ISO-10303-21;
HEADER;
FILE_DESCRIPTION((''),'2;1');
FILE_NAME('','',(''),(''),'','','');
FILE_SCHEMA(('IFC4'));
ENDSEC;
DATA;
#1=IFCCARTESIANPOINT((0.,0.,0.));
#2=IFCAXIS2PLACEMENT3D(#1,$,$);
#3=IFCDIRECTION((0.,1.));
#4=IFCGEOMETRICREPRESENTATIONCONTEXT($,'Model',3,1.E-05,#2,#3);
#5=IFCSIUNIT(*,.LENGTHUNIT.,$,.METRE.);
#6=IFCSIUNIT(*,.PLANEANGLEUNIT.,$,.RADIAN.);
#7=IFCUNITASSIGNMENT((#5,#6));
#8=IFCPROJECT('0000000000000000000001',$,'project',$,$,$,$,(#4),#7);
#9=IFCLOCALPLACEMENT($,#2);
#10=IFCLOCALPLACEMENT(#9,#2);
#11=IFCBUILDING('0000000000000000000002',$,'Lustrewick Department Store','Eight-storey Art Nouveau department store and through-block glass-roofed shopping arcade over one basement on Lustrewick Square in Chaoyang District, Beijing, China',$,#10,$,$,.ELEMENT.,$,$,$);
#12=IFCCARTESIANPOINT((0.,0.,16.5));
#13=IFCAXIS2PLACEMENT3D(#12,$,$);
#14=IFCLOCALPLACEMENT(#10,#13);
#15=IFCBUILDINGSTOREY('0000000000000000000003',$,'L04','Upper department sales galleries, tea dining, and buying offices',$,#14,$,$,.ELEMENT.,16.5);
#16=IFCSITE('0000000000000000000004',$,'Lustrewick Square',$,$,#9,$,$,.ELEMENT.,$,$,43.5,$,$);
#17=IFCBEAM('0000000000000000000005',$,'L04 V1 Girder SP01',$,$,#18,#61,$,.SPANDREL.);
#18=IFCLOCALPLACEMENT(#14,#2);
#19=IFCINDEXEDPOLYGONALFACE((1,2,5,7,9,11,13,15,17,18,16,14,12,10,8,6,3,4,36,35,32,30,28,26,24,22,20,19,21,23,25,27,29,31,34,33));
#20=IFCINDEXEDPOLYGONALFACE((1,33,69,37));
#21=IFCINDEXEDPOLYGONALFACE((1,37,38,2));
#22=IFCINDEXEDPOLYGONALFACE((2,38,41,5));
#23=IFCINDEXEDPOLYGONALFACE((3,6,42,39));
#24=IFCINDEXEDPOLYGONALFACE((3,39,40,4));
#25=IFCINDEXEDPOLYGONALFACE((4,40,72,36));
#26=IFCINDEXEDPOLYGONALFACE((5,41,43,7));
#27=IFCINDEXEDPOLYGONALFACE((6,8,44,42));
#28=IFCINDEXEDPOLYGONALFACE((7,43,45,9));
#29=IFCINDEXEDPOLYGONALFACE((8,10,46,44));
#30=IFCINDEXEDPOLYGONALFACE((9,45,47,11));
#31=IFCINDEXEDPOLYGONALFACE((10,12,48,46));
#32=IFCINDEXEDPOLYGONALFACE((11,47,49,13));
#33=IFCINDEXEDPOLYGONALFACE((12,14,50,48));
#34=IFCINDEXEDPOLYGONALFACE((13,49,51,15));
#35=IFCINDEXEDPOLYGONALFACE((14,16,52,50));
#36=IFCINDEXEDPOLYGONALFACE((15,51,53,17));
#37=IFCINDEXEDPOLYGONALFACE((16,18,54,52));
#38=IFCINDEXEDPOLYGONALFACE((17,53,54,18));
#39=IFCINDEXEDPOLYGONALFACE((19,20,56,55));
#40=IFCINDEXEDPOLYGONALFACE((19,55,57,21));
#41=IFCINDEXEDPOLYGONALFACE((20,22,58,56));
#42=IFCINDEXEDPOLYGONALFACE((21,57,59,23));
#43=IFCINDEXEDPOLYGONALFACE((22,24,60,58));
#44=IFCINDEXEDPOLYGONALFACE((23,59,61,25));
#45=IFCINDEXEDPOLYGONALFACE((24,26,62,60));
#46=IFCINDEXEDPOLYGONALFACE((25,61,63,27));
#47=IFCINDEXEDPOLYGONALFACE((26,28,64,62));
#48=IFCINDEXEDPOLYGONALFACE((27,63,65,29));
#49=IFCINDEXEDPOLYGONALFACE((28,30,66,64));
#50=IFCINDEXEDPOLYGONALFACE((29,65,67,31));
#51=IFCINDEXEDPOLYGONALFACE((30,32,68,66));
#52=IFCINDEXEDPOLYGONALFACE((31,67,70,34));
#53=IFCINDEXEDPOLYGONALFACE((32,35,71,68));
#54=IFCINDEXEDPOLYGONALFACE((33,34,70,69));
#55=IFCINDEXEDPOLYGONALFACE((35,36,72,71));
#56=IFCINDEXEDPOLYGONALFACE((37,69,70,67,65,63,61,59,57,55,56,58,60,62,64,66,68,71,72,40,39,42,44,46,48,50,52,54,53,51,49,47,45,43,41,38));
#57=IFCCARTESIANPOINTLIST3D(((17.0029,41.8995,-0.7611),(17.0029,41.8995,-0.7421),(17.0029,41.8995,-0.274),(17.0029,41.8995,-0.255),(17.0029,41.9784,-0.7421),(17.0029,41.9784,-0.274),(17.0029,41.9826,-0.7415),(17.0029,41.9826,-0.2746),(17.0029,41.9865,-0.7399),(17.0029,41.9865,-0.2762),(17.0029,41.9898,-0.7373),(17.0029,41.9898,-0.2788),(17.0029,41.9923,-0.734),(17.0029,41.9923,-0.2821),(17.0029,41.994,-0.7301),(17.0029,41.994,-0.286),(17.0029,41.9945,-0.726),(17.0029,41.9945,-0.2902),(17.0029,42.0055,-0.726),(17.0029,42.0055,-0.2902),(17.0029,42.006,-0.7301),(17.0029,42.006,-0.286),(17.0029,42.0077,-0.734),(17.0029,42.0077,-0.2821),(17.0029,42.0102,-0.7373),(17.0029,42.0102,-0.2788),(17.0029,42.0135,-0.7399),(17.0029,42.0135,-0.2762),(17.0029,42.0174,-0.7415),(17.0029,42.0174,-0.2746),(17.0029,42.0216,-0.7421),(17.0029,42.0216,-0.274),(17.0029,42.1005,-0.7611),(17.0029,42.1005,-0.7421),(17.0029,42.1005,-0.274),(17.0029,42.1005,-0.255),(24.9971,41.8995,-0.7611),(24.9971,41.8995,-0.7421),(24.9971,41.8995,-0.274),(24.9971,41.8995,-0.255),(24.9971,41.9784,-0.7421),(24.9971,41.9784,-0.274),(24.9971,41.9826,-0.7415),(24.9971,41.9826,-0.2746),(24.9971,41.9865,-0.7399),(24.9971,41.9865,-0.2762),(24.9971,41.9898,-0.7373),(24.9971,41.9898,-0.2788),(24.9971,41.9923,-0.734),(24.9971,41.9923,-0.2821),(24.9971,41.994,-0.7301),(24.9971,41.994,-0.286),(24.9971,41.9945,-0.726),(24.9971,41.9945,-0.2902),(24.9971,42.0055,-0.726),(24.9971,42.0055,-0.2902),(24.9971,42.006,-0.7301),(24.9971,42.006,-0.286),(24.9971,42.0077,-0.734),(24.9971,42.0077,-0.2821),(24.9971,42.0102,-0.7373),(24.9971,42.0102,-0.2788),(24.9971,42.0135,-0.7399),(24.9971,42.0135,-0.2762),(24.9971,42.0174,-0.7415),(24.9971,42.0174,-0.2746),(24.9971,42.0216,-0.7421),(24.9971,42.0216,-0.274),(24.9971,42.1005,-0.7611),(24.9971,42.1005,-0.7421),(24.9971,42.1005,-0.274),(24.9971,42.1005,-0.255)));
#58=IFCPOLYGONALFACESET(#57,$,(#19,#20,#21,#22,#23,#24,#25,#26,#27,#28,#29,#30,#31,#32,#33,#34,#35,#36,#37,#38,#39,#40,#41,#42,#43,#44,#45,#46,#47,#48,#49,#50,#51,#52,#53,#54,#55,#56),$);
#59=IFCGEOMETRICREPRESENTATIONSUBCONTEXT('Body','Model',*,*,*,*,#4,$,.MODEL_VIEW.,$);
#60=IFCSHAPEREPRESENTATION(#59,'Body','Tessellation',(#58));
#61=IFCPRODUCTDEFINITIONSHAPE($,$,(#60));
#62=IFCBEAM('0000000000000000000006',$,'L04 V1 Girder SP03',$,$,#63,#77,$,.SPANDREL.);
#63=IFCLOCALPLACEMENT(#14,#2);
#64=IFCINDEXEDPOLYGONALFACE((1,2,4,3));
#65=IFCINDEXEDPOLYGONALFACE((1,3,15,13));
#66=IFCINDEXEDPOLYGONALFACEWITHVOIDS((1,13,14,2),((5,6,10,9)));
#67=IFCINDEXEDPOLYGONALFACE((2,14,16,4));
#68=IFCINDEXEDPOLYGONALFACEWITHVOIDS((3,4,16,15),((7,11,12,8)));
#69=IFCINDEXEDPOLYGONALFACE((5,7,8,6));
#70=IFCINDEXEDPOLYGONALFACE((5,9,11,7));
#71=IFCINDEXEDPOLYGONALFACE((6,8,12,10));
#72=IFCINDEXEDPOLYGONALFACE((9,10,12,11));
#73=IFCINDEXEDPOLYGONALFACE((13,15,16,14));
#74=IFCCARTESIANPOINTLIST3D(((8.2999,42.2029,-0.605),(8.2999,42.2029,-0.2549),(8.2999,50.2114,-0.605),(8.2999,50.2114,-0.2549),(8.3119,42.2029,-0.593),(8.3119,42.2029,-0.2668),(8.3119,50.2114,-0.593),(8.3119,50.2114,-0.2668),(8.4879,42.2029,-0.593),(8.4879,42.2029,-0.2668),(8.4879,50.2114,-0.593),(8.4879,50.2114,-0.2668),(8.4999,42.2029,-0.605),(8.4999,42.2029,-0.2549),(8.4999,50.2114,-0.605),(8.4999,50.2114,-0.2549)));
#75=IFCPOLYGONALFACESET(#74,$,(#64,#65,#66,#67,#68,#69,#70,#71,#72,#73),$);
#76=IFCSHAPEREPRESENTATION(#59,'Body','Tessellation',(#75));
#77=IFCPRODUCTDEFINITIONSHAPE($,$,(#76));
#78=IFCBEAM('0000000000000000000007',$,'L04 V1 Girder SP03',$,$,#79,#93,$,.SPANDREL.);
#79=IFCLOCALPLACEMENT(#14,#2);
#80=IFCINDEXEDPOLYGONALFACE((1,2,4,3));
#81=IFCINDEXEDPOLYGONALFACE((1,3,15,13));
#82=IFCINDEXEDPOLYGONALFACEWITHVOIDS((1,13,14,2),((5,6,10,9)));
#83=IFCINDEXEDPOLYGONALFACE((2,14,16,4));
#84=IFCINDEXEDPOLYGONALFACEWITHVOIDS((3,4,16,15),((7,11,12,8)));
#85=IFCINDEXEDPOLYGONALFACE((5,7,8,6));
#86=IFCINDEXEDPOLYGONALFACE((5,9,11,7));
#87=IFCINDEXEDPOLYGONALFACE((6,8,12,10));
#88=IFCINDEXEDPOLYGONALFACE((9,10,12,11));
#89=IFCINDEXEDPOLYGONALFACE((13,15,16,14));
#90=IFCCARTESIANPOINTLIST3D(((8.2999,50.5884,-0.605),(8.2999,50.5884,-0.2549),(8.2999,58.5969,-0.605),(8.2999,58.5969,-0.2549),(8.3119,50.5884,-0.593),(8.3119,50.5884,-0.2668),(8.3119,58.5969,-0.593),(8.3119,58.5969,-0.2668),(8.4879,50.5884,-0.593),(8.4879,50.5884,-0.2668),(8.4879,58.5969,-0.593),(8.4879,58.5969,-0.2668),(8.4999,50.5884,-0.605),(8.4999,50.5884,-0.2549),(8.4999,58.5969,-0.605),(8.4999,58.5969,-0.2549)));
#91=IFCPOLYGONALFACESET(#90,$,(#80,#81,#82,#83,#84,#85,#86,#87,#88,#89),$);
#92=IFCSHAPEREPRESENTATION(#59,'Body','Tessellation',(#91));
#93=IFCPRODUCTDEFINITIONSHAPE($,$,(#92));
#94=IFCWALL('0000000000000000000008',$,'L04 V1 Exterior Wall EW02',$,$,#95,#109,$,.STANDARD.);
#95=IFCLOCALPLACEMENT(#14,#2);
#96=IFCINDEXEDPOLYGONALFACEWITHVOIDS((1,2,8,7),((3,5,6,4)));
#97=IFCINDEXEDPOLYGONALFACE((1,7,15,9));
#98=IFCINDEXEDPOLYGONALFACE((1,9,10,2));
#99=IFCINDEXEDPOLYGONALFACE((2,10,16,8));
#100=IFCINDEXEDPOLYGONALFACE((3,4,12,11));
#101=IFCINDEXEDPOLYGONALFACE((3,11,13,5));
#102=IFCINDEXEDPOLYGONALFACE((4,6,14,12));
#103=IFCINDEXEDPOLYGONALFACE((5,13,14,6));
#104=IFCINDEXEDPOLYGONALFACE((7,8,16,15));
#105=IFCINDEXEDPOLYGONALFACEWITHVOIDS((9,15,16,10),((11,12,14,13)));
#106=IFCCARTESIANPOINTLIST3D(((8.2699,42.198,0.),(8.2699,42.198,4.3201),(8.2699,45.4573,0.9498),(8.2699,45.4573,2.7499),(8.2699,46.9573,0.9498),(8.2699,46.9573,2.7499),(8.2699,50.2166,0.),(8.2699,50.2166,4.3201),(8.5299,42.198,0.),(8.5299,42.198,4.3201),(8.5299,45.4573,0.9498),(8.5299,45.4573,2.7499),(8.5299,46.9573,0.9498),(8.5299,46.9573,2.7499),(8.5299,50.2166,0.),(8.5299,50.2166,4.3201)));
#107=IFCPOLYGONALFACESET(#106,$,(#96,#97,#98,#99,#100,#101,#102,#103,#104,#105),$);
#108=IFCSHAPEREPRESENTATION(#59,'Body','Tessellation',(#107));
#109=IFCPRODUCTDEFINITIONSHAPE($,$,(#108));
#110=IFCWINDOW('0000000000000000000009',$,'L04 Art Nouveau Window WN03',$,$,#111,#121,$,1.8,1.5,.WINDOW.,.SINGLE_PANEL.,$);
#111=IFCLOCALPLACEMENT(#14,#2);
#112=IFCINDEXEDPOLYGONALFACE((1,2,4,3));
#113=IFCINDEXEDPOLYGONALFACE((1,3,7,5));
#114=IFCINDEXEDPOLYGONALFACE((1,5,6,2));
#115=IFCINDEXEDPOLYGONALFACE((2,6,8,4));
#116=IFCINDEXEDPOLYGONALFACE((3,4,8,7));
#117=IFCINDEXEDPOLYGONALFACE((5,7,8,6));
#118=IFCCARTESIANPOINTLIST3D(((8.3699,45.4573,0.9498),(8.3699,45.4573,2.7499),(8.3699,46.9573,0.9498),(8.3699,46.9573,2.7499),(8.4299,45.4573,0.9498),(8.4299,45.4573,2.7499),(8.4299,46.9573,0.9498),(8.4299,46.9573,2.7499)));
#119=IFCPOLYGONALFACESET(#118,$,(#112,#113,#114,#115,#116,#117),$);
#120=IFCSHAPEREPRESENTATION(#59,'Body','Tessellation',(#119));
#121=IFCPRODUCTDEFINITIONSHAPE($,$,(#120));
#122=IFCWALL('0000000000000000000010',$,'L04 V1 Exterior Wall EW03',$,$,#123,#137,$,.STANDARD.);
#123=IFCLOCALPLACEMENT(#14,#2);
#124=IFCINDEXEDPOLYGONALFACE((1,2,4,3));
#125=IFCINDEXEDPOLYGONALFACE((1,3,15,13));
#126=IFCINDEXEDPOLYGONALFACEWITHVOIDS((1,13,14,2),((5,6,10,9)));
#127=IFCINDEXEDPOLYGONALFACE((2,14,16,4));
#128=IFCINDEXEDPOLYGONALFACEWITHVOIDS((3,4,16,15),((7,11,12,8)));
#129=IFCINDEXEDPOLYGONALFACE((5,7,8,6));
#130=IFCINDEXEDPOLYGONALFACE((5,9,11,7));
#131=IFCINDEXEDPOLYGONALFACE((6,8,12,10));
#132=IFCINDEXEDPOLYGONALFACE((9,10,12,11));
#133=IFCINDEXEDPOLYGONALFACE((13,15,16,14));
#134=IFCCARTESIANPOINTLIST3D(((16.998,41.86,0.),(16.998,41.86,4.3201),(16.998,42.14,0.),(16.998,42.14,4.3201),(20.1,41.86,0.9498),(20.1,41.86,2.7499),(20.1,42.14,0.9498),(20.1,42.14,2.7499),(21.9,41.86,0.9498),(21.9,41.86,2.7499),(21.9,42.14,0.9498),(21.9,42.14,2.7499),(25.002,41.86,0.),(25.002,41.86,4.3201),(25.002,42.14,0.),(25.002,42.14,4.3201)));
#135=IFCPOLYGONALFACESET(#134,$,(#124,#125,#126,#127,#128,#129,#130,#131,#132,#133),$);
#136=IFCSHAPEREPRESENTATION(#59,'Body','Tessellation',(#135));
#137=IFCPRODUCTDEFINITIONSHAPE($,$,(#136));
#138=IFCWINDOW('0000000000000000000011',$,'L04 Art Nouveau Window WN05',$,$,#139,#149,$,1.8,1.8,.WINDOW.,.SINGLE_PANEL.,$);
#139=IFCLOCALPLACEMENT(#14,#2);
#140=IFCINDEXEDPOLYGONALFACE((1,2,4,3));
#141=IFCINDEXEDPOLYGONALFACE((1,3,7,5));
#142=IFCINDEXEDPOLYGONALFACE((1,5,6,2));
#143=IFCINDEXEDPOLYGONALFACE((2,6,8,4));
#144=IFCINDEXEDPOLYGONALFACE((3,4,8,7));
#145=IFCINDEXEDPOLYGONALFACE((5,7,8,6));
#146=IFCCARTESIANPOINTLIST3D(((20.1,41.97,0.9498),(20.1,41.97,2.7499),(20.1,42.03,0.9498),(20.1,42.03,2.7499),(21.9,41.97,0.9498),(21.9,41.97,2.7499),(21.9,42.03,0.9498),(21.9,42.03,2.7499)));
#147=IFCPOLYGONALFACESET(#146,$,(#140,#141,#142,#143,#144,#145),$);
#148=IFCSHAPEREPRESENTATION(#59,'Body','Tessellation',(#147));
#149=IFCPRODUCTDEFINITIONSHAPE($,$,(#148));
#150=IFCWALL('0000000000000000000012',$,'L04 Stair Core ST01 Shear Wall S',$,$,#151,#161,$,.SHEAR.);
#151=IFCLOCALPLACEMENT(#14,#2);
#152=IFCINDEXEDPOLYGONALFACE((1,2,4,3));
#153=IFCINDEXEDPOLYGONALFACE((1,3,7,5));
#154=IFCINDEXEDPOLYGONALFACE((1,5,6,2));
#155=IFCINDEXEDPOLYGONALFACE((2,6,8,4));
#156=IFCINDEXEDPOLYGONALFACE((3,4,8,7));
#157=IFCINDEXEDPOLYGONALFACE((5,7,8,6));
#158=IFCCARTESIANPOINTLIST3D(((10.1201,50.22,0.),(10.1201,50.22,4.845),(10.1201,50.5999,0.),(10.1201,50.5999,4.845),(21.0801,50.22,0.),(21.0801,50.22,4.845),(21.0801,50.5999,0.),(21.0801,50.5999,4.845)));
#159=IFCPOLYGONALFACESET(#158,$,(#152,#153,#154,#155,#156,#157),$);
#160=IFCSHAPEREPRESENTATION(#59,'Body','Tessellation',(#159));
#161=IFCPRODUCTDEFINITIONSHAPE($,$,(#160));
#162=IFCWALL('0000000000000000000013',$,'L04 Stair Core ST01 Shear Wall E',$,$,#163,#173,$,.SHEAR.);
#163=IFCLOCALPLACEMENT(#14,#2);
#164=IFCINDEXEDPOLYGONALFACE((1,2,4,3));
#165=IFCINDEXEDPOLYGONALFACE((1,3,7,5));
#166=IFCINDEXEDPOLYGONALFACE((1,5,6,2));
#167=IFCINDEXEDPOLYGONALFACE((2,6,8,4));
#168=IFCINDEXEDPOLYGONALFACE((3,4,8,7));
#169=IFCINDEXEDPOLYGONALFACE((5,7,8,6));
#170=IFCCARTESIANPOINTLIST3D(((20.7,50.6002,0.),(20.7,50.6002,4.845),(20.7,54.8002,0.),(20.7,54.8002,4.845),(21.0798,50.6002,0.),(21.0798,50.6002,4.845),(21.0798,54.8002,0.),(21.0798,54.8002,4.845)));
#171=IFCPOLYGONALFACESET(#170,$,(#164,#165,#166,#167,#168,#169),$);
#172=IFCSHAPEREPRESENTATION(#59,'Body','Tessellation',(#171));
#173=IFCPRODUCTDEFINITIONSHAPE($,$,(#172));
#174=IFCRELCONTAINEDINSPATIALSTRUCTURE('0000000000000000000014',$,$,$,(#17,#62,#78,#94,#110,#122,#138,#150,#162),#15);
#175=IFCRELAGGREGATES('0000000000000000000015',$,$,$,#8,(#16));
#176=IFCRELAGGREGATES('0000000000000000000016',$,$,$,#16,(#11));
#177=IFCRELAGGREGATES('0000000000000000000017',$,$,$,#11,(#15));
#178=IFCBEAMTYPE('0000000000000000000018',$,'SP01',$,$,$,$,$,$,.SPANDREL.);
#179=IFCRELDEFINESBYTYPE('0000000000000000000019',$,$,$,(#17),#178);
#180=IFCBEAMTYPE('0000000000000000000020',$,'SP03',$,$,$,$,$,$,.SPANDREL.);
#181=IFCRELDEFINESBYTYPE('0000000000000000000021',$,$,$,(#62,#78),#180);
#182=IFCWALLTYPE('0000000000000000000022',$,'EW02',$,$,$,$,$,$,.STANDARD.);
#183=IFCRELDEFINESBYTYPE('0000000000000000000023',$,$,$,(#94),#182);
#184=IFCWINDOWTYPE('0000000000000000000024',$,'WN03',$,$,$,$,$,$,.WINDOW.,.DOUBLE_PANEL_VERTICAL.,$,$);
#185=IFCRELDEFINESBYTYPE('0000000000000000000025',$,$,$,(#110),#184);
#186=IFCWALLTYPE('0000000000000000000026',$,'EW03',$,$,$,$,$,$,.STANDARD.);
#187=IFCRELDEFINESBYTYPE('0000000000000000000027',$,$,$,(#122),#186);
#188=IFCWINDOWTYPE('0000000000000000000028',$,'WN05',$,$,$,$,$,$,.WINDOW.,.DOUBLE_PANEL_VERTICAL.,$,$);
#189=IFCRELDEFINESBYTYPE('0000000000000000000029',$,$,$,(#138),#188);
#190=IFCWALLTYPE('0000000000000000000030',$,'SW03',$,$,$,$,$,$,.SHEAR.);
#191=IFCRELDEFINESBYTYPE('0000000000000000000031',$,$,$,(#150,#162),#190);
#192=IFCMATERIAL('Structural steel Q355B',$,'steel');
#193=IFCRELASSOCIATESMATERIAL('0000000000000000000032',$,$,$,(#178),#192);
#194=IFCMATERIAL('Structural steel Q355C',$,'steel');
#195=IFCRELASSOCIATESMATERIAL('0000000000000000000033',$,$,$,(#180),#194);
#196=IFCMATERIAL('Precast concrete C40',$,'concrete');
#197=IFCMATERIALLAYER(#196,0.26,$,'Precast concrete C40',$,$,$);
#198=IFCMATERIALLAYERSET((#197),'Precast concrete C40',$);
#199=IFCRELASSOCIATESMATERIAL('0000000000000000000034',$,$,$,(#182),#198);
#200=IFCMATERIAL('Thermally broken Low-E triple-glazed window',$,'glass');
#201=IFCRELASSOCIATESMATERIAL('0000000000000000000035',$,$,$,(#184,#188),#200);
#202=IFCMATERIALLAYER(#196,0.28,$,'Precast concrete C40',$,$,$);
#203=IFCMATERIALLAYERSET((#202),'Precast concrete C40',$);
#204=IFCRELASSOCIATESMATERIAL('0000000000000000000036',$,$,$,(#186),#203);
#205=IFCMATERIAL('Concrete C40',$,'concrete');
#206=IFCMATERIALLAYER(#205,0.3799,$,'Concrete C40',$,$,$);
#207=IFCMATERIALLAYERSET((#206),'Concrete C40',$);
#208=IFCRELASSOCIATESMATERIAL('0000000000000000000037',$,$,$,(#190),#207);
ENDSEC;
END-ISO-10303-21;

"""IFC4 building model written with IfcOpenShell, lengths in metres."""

from ifc_helpers import new_model, si_unit, direction, frame, frame_2d, origin, origin_2d, place, context, subcontext, project, spatial, rectangle, hollow_rectangle, i_section, extrude, material, layer, layer_set, material_profile, profile_set, type_object, element, fill, save


model = new_model("IFC4")

# Units and contexts
model_context = context("Model", 3, precision=1e-05, world=origin(), true_north=direction((0.0, 1.0)))
body_context = subcontext(model_context, "Body", "Model", "MODEL_VIEW")
ifc_project = project(units=[si_unit("LENGTHUNIT", "METRE"), si_unit("PLANEANGLEUNIT", "RADIAN")], contexts=[model_context])

# Site, building, storey
site_placement = place(None, origin())
site = spatial("IfcSite", under=ifc_project, at=site_placement, Name="Lustrewick Square", CompositionType="ELEMENT", RefElevation=43.5)
building_placement = place(site_placement, origin())
building = spatial("IfcBuilding", under=site, at=building_placement, Name="Lustrewick Department Store", Description="Eight-storey Art Nouveau department store and through-block glass-roofed shopping arcade over one basement on Lustrewick Square in Chaoyang District, Beijing, China", CompositionType="ELEMENT")
storey_placement = place(building_placement, frame((0.0, 0.0, 16.5)))
storey = spatial("IfcBuildingStorey", under=building, at=storey_placement, Name="L04", Description="Upper department sales galleries, tea dining, and buying offices", CompositionType="ELEMENT", Elevation=16.5)

# Shared definitions
ifc_material_1 = material(Name="Structural steel Q355B", Category="steel")
ifc_material_2 = material(Name="Structural steel Q355C", Category="steel")

# Beams
ifc_material_profile_1 = material_profile(ifc_material_1, i_section(OverallWidth=0.2009, OverallDepth=0.5061, WebThickness=0.011, FlangeThickness=0.019, FilletRadius=0.0161, at=origin_2d()), Name="HN 506x201x11x19")
ifc_profile_set_1 = profile_set([ifc_material_profile_1], Name="Structural steel Q355B")
beam_type_1 = type_object("IfcBeamType", Name="SP01", PredefinedType="SPANDREL", material=ifc_profile_set_1)
beam_1_placement = place(storey_placement, frame((17.0029, 42.0, -0.5081), z_axis=(1.0, 0.0, 0.0), x_axis=(0.0, 1.0, 0.0)))
element("IfcBeam", 1, at=beam_1_placement, inside=storey, type_object=beam_type_1, Name="L04 V1 Girder SP01", PredefinedType="SPANDREL", context=body_context, shape_type="SweptSolid", body=[
    extrude(i_section(OverallWidth=0.2009, OverallDepth=0.5061, WebThickness=0.011, FlangeThickness=0.019, FilletRadius=0.0161, at=origin_2d()), origin(), (0.0, 0.0, 1.0), 7.9941),
])
ifc_material_profile_2 = material_profile(ifc_material_2, hollow_rectangle(XDim=0.2, YDim=0.3501, WallThickness=0.012, at=origin_2d()), Name="RHS 350x200x12")
ifc_profile_set_2 = profile_set([ifc_material_profile_2], Name="Structural steel Q355C")
beam_type_2 = type_object("IfcBeamType", Name="SP03", PredefinedType="SPANDREL", material=ifc_profile_set_2)
for number, where, z_axis, x_axis, name in (
    (2, (8.3999, 42.2029, -0.4299), (0.0, 1.0, 0.0), (-1.0, 0.0, 0.0), "L04 V1 Girder SP03"),
    (3, (8.3999, 50.5884, -0.4299), (0.0, 1.0, 0.0), (-1.0, 0.0, 0.0), "L04 V1 Girder SP03"),
):
    element("IfcBeam", number, at=place(storey_placement, frame(where, z_axis=z_axis, x_axis=x_axis)), inside=storey, type_object=beam_type_2, Name=name, PredefinedType="SPANDREL", context=body_context, shape_type="SweptSolid", body=[
        extrude(hollow_rectangle(XDim=0.2, YDim=0.3501, WallThickness=0.012, at=origin_2d()), origin(), (0.0, 0.0, 1.0), 8.0085),
    ])

# Walls, openings, windows
ifc_material_3 = material(Name="Precast concrete C40", Category="concrete")
ifc_layer_1 = layer(ifc_material_3, 0.26, Name="Precast concrete C40")
ifc_layer_set_1 = layer_set([ifc_layer_1], Name="Precast concrete C40")
wall_type_1 = type_object("IfcWallType", Name="EW02", PredefinedType="STANDARD", material=ifc_layer_set_1)
wall_1_placement = place(storey_placement, frame((8.3999, 50.2166, 0.0), z_axis=(0.0, 0.0, 1.0), x_axis=(0.0, -1.0, 0.0)))
wall_1 = element("IfcWall", 4, at=wall_1_placement, inside=storey, type_object=wall_type_1, Name="L04 V1 Exterior Wall EW02", PredefinedType="STANDARD", context=body_context, shape_type="SweptSolid", body=[
    extrude(rectangle(XDim=8.0186, YDim=0.26, at=frame_2d((4.0093, 0.0))), origin(), (0.0, 0.0, 1.0), 4.3201),
])
opening_1_placement = place(wall_1_placement, frame((3.2593, 0.0, 0.95)))
opening_1 = element("IfcOpeningElement", 5, at=opening_1_placement, cuts=wall_1, PredefinedType="OPENING", context=body_context, shape_type="SweptSolid", body=[
    extrude(rectangle(XDim=1.5, YDim=1.8, at=frame_2d((0.75, 0.8999))), frame((0.0, 0.1401, 0.0), z_axis=(0.0, -1.0, 0.0), x_axis=(1.0, 0.0, 0.0)), (0.0, 0.0, 1.0), 0.28),
])
ifc_material_4 = material(Name="Thermally broken Low-E triple-glazed window", Category="glass")
window_type_1 = type_object("IfcWindowType", Name="WN03", PartitioningType="DOUBLE_PANEL_VERTICAL", PredefinedType="WINDOW", material=ifc_material_4)
window_1_placement = place(opening_1_placement, origin())
window_1 = element("IfcWindow", 6, at=window_1_placement, inside=storey, type_object=window_type_1, Name="L04 Art Nouveau Window WN03", OverallHeight=1.8, OverallWidth=1.5, PartitioningType="SINGLE_PANEL", PredefinedType="WINDOW", context=body_context, shape_type="SweptSolid", body=[
    extrude(rectangle(XDim=1.5, YDim=1.8, at=frame_2d((0.75, 0.8999))), frame((0.0, 0.03, 0.0), z_axis=(0.0, -1.0, 0.0), x_axis=(1.0, 0.0, 0.0)), (0.0, 0.0, 1.0), 0.0601),
])
fill(opening_1, window_1)
ifc_layer_2 = layer(ifc_material_3, 0.28, Name="Precast concrete C40")
ifc_layer_set_2 = layer_set([ifc_layer_2], Name="Precast concrete C40")
wall_type_2 = type_object("IfcWallType", Name="EW03", PredefinedType="STANDARD", material=ifc_layer_set_2)
wall_2_placement = place(storey_placement, frame((16.998, 42.0, 0.0), z_axis=(0.0, 0.0, 1.0), x_axis=(1.0, 0.0, 0.0)))
wall_2 = element("IfcWall", 7, at=wall_2_placement, inside=storey, type_object=wall_type_2, Name="L04 V1 Exterior Wall EW03", PredefinedType="STANDARD", context=body_context, shape_type="SweptSolid", body=[
    extrude(rectangle(XDim=8.0039, YDim=0.28, at=frame_2d((4.002, 0.0))), origin(), (0.0, 0.0, 1.0), 4.3201),
])
opening_2_placement = place(wall_2_placement, frame((3.1021, 0.0, 0.95)))
opening_2 = element("IfcOpeningElement", 8, at=opening_2_placement, cuts=wall_2, PredefinedType="OPENING", context=body_context, shape_type="SweptSolid", body=[
    extrude(rectangle(XDim=1.8, YDim=1.8, at=frame_2d((0.8999, 0.8999))), frame((0.0, 0.1499, 0.0), z_axis=(0.0, -1.0, 0.0), x_axis=(1.0, 0.0, 0.0)), (0.0, 0.0, 1.0), 0.3),
])
window_type_2 = type_object("IfcWindowType", Name="WN05", PartitioningType="DOUBLE_PANEL_VERTICAL", PredefinedType="WINDOW", material=ifc_material_4)
window_2_placement = place(opening_2_placement, origin())
window_2 = element("IfcWindow", 9, at=window_2_placement, inside=storey, type_object=window_type_2, Name="L04 Art Nouveau Window WN05", OverallHeight=1.8, OverallWidth=1.8, PartitioningType="SINGLE_PANEL", PredefinedType="WINDOW", context=body_context, shape_type="SweptSolid", body=[
    extrude(rectangle(XDim=1.8, YDim=1.8, at=frame_2d((0.8999, 0.8999))), frame((0.0, 0.03, 0.0), z_axis=(0.0, -1.0, 0.0), x_axis=(1.0, 0.0, 0.0)), (0.0, 0.0, 1.0), 0.0601),
])
fill(opening_2, window_2)

# Walls
ifc_material_5 = material(Name="Concrete C40", Category="concrete")
ifc_layer_3 = layer(ifc_material_5, 0.3799, Name="Concrete C40")
ifc_layer_set_3 = layer_set([ifc_layer_3], Name="Concrete C40")
wall_type_3 = type_object("IfcWallType", Name="SW03", PredefinedType="SHEAR", material=ifc_layer_set_3)
wall_3_placement = place(storey_placement, frame((10.1201, 50.4099, 0.0), z_axis=(0.0, 0.0, 1.0), x_axis=(1.0, 0.0, 0.0)))
element("IfcWall", 10, at=wall_3_placement, inside=storey, type_object=wall_type_3, Name="L04 Stair Core ST01 Shear Wall S", PredefinedType="SHEAR", context=body_context, shape_type="SweptSolid", body=[
    extrude(rectangle(XDim=10.96, YDim=0.3799, at=frame_2d((5.48, 0.0))), origin(), (0.0, 0.0, 1.0), 4.845),
])
wall_4_placement = place(storey_placement, frame((20.8899, 50.6001, 0.0), z_axis=(0.0, 0.0, 1.0), x_axis=(0.0, 1.0, 0.0)))
element("IfcWall", 11, at=wall_4_placement, inside=storey, type_object=wall_type_3, Name="L04 Stair Core ST01 Shear Wall E", PredefinedType="SHEAR", context=body_context, shape_type="SweptSolid", body=[
    extrude(rectangle(XDim=4.2, YDim=0.3799, at=frame_2d((2.1001, 0.0))), origin(), (0.0, 0.0, 1.0), 4.845),
])

save(model, "model.ifc")
